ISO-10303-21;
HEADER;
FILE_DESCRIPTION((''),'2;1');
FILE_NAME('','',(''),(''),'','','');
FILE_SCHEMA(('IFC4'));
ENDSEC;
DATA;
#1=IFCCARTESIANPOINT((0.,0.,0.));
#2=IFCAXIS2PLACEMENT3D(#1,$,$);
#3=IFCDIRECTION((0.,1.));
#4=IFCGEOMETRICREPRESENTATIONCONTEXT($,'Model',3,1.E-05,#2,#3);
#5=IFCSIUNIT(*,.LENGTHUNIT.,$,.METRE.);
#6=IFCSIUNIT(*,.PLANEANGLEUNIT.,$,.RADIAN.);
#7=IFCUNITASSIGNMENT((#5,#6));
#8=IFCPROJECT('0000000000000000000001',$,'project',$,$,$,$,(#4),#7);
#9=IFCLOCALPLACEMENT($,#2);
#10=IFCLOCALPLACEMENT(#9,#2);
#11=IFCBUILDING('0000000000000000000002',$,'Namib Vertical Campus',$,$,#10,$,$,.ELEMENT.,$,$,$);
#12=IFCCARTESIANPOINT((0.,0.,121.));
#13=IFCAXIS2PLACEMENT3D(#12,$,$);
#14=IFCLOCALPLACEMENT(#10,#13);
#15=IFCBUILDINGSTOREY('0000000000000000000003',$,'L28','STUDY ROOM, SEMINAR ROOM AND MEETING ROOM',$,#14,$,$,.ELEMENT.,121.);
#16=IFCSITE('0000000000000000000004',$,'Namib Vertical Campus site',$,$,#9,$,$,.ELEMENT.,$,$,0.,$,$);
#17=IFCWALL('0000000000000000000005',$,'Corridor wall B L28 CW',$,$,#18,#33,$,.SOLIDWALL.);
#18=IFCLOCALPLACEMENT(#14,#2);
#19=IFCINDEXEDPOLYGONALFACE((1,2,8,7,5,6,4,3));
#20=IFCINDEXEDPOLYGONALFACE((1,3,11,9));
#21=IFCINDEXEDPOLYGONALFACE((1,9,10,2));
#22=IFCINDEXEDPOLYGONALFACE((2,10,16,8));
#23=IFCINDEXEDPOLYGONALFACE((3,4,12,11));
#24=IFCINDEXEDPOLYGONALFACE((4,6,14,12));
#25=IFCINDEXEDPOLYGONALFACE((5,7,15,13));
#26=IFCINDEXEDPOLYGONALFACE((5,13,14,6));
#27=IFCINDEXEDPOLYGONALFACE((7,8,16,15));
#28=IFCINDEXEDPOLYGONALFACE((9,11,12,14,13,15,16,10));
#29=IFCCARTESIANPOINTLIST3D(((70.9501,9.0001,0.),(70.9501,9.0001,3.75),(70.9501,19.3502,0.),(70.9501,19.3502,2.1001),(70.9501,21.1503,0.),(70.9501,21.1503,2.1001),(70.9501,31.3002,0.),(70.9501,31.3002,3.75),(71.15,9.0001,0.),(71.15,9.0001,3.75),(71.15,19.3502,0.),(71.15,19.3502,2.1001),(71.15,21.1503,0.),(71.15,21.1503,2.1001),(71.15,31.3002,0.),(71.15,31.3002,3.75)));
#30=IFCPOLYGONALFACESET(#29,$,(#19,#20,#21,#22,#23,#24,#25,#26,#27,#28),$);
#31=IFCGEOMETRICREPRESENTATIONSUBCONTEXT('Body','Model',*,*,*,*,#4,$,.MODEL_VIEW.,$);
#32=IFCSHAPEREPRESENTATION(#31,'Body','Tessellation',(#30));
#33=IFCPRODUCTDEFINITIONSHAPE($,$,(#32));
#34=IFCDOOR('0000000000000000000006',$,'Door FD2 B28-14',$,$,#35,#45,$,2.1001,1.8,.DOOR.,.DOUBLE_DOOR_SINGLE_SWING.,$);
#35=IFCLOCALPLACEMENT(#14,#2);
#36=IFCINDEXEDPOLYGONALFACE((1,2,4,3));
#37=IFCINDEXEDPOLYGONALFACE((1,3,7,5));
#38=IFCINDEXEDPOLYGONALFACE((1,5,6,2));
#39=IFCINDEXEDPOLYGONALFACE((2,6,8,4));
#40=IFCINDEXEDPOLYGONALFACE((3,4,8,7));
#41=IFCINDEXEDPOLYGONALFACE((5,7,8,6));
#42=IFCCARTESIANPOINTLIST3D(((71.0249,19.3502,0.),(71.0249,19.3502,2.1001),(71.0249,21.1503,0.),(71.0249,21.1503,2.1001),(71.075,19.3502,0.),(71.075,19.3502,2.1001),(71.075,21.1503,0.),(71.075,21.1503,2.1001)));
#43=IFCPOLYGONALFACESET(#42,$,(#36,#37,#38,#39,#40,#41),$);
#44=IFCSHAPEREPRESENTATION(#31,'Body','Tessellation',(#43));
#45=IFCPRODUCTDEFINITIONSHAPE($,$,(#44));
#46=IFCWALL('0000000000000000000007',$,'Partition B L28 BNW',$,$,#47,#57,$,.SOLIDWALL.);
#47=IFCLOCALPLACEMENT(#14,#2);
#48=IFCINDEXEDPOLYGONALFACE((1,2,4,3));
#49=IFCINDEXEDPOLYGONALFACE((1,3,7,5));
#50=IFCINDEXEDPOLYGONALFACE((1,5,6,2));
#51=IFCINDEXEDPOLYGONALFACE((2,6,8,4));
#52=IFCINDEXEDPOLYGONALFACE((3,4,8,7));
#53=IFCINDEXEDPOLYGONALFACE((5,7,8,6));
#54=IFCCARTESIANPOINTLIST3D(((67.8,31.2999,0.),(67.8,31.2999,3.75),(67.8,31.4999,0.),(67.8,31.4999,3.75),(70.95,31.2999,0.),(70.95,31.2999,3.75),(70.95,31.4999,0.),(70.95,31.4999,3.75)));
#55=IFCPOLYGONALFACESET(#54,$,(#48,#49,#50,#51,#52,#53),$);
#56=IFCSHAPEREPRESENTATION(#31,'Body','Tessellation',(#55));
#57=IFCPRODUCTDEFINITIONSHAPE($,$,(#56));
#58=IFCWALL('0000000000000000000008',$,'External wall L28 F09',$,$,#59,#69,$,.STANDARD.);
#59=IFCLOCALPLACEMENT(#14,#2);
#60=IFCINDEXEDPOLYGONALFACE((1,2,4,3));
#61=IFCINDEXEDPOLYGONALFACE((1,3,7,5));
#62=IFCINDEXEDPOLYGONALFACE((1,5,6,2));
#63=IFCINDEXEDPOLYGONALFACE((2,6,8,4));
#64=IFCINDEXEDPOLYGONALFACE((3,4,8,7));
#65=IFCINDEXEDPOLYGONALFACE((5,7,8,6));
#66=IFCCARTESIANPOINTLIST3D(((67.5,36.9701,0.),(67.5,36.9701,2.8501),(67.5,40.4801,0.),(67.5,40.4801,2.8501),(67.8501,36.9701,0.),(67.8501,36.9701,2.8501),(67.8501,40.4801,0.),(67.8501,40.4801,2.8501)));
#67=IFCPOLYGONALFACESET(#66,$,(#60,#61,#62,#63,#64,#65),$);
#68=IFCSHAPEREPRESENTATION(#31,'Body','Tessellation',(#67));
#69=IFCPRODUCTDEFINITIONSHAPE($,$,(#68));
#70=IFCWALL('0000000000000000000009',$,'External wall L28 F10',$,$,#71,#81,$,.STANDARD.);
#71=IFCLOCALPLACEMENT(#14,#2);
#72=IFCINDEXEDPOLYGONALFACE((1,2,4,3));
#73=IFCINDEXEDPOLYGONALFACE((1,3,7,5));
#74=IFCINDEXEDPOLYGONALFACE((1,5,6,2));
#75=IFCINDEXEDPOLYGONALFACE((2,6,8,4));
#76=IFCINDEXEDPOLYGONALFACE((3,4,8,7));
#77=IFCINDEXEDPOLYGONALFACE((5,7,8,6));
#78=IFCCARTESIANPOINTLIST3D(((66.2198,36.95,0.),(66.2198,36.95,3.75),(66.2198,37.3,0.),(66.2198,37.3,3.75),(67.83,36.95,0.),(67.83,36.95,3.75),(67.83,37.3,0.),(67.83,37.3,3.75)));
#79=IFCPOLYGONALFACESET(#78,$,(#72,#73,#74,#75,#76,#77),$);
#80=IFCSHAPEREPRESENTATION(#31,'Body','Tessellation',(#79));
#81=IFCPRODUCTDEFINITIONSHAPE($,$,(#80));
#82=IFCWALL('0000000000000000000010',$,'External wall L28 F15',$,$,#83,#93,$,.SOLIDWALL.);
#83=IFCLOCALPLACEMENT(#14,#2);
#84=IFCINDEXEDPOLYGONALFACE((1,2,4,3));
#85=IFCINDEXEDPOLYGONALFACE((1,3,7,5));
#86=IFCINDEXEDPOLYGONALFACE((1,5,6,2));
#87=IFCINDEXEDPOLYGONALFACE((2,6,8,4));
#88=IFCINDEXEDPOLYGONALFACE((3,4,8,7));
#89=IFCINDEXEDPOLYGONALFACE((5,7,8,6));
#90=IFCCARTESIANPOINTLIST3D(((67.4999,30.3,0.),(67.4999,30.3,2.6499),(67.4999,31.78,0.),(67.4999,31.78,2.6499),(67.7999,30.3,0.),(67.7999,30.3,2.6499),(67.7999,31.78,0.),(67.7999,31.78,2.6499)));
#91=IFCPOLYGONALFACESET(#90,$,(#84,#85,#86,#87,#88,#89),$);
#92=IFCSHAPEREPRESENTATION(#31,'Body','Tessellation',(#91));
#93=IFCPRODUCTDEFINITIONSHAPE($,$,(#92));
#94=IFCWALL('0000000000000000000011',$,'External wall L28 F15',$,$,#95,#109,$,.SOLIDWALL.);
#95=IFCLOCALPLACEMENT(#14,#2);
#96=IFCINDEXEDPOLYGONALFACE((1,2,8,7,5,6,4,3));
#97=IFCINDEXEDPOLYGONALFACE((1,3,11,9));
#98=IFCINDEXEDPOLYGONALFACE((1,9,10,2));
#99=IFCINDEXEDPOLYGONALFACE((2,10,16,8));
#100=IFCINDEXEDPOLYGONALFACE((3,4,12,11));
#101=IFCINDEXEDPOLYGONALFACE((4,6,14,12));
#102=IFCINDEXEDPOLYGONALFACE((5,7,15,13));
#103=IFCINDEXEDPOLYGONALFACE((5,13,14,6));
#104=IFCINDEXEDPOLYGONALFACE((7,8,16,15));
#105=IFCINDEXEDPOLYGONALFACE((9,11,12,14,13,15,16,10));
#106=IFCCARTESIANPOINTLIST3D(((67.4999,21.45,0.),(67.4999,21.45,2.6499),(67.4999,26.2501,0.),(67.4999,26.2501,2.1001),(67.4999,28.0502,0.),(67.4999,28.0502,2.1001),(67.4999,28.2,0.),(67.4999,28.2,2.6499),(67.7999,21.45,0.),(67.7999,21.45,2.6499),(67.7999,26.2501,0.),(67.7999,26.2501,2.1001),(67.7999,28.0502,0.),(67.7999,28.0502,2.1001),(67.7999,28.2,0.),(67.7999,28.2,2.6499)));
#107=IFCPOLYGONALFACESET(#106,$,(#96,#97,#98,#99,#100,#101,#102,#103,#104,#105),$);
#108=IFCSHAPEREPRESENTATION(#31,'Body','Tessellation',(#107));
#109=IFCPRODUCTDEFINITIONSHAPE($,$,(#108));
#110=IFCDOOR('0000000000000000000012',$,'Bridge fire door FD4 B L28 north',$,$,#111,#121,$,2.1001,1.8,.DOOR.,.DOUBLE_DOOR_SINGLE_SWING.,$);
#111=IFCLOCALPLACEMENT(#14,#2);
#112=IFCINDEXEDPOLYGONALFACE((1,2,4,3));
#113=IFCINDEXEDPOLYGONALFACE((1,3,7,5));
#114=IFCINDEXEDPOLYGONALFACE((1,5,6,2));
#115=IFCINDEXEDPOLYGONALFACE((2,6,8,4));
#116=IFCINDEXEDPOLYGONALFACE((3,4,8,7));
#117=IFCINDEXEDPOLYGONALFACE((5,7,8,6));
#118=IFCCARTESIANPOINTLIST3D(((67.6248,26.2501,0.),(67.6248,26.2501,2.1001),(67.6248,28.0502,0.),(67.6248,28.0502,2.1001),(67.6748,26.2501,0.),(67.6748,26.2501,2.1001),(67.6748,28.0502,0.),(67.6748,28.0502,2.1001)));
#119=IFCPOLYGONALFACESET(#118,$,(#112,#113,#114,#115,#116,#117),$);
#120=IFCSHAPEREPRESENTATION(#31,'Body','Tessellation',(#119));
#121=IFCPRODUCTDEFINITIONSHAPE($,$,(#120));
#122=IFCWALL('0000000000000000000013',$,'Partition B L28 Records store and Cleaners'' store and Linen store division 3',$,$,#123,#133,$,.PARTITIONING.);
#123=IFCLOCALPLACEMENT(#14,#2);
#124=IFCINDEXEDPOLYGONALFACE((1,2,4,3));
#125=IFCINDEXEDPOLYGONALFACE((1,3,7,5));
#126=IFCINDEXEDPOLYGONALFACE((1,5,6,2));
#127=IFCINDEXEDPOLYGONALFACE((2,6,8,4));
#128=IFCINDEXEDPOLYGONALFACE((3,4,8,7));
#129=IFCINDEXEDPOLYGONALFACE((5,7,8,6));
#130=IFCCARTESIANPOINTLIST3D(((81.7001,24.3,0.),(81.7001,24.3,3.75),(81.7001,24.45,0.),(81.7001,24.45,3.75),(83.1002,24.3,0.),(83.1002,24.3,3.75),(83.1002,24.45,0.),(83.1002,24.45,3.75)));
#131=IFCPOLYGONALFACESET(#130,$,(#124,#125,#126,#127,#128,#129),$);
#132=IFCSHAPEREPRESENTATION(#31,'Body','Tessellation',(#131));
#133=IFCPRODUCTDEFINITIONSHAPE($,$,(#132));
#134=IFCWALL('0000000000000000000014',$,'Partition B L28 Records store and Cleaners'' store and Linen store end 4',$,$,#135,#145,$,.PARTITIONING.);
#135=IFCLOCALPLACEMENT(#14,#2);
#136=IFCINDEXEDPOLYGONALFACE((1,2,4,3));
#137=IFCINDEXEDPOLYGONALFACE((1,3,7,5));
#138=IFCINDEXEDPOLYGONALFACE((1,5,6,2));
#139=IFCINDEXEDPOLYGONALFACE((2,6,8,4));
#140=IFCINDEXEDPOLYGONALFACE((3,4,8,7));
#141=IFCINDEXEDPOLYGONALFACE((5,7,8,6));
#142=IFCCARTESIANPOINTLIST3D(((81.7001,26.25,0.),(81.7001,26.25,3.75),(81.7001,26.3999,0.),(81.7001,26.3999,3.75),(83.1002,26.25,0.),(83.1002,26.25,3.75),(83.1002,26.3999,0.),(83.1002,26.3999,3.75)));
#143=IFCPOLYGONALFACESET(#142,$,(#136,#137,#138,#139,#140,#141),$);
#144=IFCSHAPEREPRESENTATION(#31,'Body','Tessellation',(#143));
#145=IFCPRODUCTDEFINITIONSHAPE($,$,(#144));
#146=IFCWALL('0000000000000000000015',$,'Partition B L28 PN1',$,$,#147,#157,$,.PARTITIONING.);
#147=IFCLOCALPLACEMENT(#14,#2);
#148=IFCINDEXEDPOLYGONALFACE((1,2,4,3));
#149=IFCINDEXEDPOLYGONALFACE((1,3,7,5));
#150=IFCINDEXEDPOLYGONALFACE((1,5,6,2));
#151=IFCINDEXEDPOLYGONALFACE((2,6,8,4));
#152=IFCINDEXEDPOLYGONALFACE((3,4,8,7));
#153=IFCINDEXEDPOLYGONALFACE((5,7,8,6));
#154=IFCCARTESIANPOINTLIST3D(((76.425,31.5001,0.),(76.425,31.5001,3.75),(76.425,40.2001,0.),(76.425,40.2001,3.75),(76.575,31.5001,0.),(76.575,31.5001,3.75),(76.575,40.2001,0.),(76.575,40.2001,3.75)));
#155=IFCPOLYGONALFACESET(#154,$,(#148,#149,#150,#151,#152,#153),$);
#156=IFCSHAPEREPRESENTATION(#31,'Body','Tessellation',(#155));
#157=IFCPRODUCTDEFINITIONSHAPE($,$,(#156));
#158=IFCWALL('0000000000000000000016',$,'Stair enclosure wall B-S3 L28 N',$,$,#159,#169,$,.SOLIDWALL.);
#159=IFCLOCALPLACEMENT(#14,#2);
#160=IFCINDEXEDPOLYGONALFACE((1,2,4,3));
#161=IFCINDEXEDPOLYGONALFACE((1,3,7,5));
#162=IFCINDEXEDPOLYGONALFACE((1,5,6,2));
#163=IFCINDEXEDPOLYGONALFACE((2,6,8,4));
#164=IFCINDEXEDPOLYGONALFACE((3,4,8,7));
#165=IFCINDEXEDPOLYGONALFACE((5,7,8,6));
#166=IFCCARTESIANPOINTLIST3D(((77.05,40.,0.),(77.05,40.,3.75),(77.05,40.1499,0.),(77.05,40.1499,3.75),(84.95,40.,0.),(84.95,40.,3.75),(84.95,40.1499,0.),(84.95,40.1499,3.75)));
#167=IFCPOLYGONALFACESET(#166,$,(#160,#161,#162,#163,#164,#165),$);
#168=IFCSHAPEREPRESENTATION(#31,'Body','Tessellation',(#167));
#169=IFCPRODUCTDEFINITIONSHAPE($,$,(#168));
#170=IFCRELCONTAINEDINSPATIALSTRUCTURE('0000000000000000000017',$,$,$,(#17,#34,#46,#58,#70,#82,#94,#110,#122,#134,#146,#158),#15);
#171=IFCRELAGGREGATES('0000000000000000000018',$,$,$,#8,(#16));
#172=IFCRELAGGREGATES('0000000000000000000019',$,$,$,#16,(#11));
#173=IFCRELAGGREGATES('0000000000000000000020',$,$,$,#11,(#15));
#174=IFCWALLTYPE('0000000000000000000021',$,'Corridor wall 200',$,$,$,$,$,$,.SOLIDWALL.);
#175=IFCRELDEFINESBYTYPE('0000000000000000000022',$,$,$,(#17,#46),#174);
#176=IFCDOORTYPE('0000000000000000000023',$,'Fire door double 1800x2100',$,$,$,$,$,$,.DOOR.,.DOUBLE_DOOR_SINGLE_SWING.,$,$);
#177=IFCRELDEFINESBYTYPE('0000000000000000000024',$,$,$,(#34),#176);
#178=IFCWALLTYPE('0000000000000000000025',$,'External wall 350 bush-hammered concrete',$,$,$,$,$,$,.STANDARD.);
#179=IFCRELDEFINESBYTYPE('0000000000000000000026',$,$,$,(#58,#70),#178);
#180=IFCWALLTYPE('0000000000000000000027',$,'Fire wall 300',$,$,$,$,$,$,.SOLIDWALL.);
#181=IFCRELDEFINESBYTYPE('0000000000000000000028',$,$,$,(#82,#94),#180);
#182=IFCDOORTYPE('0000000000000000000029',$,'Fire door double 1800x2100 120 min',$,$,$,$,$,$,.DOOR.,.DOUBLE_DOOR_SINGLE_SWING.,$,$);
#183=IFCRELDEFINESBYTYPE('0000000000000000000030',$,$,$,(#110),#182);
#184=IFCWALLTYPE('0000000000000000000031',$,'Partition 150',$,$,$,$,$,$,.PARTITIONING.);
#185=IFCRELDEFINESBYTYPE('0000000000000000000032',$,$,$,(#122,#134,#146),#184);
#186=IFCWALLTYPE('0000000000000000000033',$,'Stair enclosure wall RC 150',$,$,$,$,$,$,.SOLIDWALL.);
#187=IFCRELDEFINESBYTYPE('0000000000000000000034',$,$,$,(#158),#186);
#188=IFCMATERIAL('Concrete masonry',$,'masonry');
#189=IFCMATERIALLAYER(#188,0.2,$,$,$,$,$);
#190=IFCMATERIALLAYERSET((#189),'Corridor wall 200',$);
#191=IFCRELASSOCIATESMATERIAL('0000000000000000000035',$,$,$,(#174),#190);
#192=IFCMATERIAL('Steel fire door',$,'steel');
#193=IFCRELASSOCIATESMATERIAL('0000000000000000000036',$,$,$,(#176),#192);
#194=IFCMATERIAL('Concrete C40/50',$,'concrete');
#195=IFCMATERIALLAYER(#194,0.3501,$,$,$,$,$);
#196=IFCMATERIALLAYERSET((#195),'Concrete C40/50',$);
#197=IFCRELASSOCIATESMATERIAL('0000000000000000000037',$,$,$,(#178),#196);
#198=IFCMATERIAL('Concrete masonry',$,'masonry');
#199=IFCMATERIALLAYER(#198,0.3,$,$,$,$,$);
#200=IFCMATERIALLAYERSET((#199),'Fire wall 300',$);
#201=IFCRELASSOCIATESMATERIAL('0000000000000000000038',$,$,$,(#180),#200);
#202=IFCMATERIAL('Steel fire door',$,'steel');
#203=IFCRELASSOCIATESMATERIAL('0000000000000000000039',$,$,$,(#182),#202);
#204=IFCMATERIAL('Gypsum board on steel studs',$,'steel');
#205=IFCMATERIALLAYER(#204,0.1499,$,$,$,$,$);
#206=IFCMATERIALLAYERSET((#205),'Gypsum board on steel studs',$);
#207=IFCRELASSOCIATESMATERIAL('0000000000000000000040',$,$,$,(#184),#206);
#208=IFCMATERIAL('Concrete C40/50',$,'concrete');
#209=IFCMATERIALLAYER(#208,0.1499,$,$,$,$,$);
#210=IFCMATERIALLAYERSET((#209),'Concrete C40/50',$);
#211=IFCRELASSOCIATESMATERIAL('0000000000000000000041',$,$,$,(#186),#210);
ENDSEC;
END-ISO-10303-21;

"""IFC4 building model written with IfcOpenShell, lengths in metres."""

from ifc_helpers import new_model, si_unit, direction, frame, frame_2d, origin, place, context, subcontext, project, spatial, rectangle, extrude, material, layer, layer_set, type_object, element, fill, save


model = new_model("IFC4")

# Units and contexts
model_context = context("Model", 3, precision=1e-05, world=origin(), true_north=direction((0.0, 1.0)))
body_context = subcontext(model_context, "Body", "Model", "MODEL_VIEW")
ifc_project = project(units=[si_unit("LENGTHUNIT", "METRE"), si_unit("PLANEANGLEUNIT", "RADIAN")], contexts=[model_context])

# Site, building, storey
site_placement = place(None, origin())
site = spatial("IfcSite", under=ifc_project, at=site_placement, Name="Namib Vertical Campus site", CompositionType="ELEMENT", RefElevation=0.0)
building_placement = place(site_placement, origin())
building = spatial("IfcBuilding", under=site, at=building_placement, Name="Namib Vertical Campus", CompositionType="ELEMENT")
storey_placement = place(building_placement, frame((0.0, 0.0, 121.0)))
storey = spatial("IfcBuildingStorey", under=building, at=storey_placement, Name="L28", Description="STUDY ROOM, SEMINAR ROOM AND MEETING ROOM", CompositionType="ELEMENT", Elevation=121.0)

# Wall, opening, door
ifc_material_1 = material(Name="Concrete masonry", Category="masonry")
ifc_layer_1 = layer(ifc_material_1, 0.2)
ifc_layer_set_1 = layer_set([ifc_layer_1], Name="Corridor wall 200")
wall_type_1 = type_object("IfcWallType", Name="Corridor wall 200", PredefinedType="SOLIDWALL", material=ifc_layer_set_1)
wall_1_placement = place(storey_placement, frame((71.05, 31.3, 0.0), z_axis=(0.0, 0.0, 1.0), x_axis=(0.0, -1.0, 0.0)))
wall_1 = element("IfcWall", 1, at=wall_1_placement, inside=storey, type_object=wall_type_1, Name="Corridor wall B L28 CW", PredefinedType="SOLIDWALL", context=body_context, shape_type="SweptSolid", body=[
    extrude(rectangle(XDim=22.3, YDim=0.2, at=frame_2d((11.1499, 0.0))), origin(), (0.0, 0.0, 1.0), 3.75),
])
opening_1_placement = place(wall_1_placement, frame((10.1499, 0.0, 0.0)))
opening_1 = element("IfcOpeningElement", 2, at=opening_1_placement, cuts=wall_1, PredefinedType="OPENING", context=body_context, shape_type="SweptSolid", body=[
    extrude(rectangle(XDim=1.8, YDim=2.1001, at=frame_2d((0.8999, 1.05))), frame((0.0, 0.1099, 0.0), z_axis=(0.0, -1.0, 0.0), x_axis=(1.0, 0.0, 0.0)), (0.0, 0.0, 1.0), 0.22),
])
ifc_material_2 = material(Name="Steel fire door", Category="steel")
door_type_1 = type_object("IfcDoorType", Name="Fire door double 1800x2100", OperationType="DOUBLE_DOOR_SINGLE_SWING", PredefinedType="DOOR", material=ifc_material_2)
door_1_placement = place(opening_1_placement, origin())
door_1 = element("IfcDoor", 3, at=door_1_placement, inside=storey, type_object=door_type_1, Name="Door FD2 B28-14", OperationType="DOUBLE_DOOR_SINGLE_SWING", OverallHeight=2.1001, OverallWidth=1.8, PredefinedType="DOOR", context=body_context, shape_type="SweptSolid", body=[
    extrude(rectangle(XDim=1.8, YDim=2.1001, at=frame_2d((0.8999, 1.05))), frame((0.0, 0.0249, 0.0), z_axis=(0.0, -1.0, 0.0), x_axis=(1.0, 0.0, 0.0)), (0.0, 0.0, 1.0), 0.05),
])
fill(opening_1, door_1)

# Walls
wall_2_placement = place(storey_placement, frame((67.8, 31.3999, 0.0), z_axis=(0.0, 0.0, 1.0), x_axis=(1.0, 0.0, 0.0)))
element("IfcWall", 4, at=wall_2_placement, inside=storey, type_object=wall_type_1, Name="Partition B L28 BNW", PredefinedType="SOLIDWALL", context=body_context, shape_type="SweptSolid", body=[
    extrude(rectangle(XDim=3.1499, YDim=0.2, at=frame_2d((1.575, 0.0))), origin(), (0.0, 0.0, 1.0), 3.75),
])
ifc_material_3 = material(Name="Concrete C40/50", Category="concrete")
ifc_layer_2 = layer(ifc_material_3, 0.3501)
ifc_layer_set_2 = layer_set([ifc_layer_2], Name="Concrete C40/50")
wall_type_2 = type_object("IfcWallType", Name="External wall 350 bush-hammered concrete", PredefinedType="STANDARD", material=ifc_layer_set_2)
wall_3_placement = place(storey_placement, frame((67.675, 40.48, 0.0), z_axis=(0.0, 0.0, 1.0), x_axis=(0.0, -1.0, 0.0)))
element("IfcWall", 5, at=wall_3_placement, inside=storey, type_object=wall_type_2, Name="External wall L28 F09", PredefinedType="STANDARD", context=body_context, shape_type="SweptSolid", body=[
    extrude(rectangle(XDim=3.51, YDim=0.3501, at=frame_2d((1.7549, 0.0))), origin(), (0.0, 0.0, 1.0), 2.8501),
])
wall_4_placement = place(storey_placement, frame((67.8301, 37.125, 0.0), z_axis=(0.0, 0.0, 1.0), x_axis=(-1.0, 0.0, 0.0)))
element("IfcWall", 6, at=wall_4_placement, inside=storey, type_object=wall_type_2, Name="External wall L28 F10", PredefinedType="STANDARD", context=body_context, shape_type="SweptSolid", body=[
    extrude(rectangle(XDim=1.6101, YDim=0.3501, at=frame_2d((0.8052, 0.0))), origin(), (0.0, 0.0, 1.0), 3.75),
])
ifc_material_4 = material(Name="Concrete masonry", Category="masonry")
ifc_layer_3 = layer(ifc_material_4, 0.3)
ifc_layer_set_3 = layer_set([ifc_layer_3], Name="Fire wall 300")
wall_type_3 = type_object("IfcWallType", Name="Fire wall 300", PredefinedType="SOLIDWALL", material=ifc_layer_set_3)
wall_5_placement = place(storey_placement, frame((67.6499, 31.78, 0.0), z_axis=(0.0, 0.0, 1.0), x_axis=(0.0, -1.0, 0.0)))
element("IfcWall", 7, at=wall_5_placement, inside=storey, type_object=wall_type_3, Name="External wall L28 F15", PredefinedType="SOLIDWALL", context=body_context, shape_type="SweptSolid", body=[
    extrude(rectangle(XDim=1.48, YDim=0.3, at=frame_2d((0.74, 0.0))), origin(), (0.0, 0.0, 1.0), 2.6499),
])

# Wall, opening, door
wall_6_placement = place(storey_placement, frame((67.6499, 28.2, 0.0), z_axis=(0.0, 0.0, 1.0), x_axis=(0.0, -1.0, 0.0)))
wall_6 = element("IfcWall", 8, at=wall_6_placement, inside=storey, type_object=wall_type_3, Name="External wall L28 F15", PredefinedType="SOLIDWALL", context=body_context, shape_type="SweptSolid", body=[
    extrude(rectangle(XDim=6.75, YDim=0.3, at=frame_2d((3.375, 0.0))), origin(), (0.0, 0.0, 1.0), 2.6499),
])
opening_2_placement = place(wall_6_placement, frame((0.1499, 0.0, 0.0)))
opening_2 = element("IfcOpeningElement", 9, at=opening_2_placement, cuts=wall_6, PredefinedType="OPENING", context=body_context, shape_type="SweptSolid", body=[
    extrude(rectangle(XDim=1.8, YDim=2.1001, at=frame_2d((0.8999, 1.05))), frame((0.0, 0.1599, 0.0), z_axis=(0.0, -1.0, 0.0), x_axis=(1.0, 0.0, 0.0)), (0.0, 0.0, 1.0), 0.3201),
])
ifc_material_5 = material(Name="Steel fire door", Category="steel")
door_type_2 = type_object("IfcDoorType", Name="Fire door double 1800x2100 120 min", OperationType="DOUBLE_DOOR_SINGLE_SWING", PredefinedType="DOOR", material=ifc_material_5)
door_2_placement = place(opening_2_placement, origin())
door_2 = element("IfcDoor", 10, at=door_2_placement, inside=storey, type_object=door_type_2, Name="Bridge fire door FD4 B L28 north", OperationType="DOUBLE_DOOR_SINGLE_SWING", OverallHeight=2.1001, OverallWidth=1.8, PredefinedType="DOOR", context=body_context, shape_type="SweptSolid", body=[
    extrude(rectangle(XDim=1.8, YDim=2.1001, at=frame_2d((0.8999, 1.05))), frame((0.0, 0.0249, 0.0), z_axis=(0.0, -1.0, 0.0), x_axis=(1.0, 0.0, 0.0)), (0.0, 0.0, 1.0), 0.05),
])
fill(opening_2, door_2)

# Walls
ifc_material_6 = material(Name="Gypsum board on steel studs", Category="steel")
ifc_layer_4 = layer(ifc_material_6, 0.1499)
ifc_layer_set_4 = layer_set([ifc_layer_4], Name="Gypsum board on steel studs")
wall_type_4 = type_object("IfcWallType", Name="Partition 150", PredefinedType="PARTITIONING", material=ifc_layer_set_4)
for number, where, z_axis, x_axis, name in (
    (11, (81.7, 24.375, 0.0), (0.0, 0.0, 1.0), (1.0, 0.0, 0.0), "Partition B L28 Records store and Cleaners' store and Linen store division 3"),
    (12, (81.7, 26.325, 0.0), (0.0, 0.0, 1.0), (1.0, 0.0, 0.0), "Partition B L28 Records store and Cleaners' store and Linen store end 4"),
):
    element("IfcWall", number, at=place(storey_placement, frame(where, z_axis=z_axis, x_axis=x_axis)), inside=storey, type_object=wall_type_4, Name=name, PredefinedType="PARTITIONING", context=body_context, shape_type="SweptSolid", body=[
        extrude(rectangle(XDim=1.4001, YDim=0.1499, at=frame_2d((0.7002, 0.0))), origin(), (0.0, 0.0, 1.0), 3.75),
    ])
wall_7_placement = place(storey_placement, frame((76.5, 31.5, 0.0), z_axis=(0.0, 0.0, 1.0), x_axis=(0.0, 1.0, 0.0)))
element("IfcWall", 13, at=wall_7_placement, inside=storey, type_object=wall_type_4, Name="Partition B L28 PN1", PredefinedType="PARTITIONING", context=body_context, shape_type="SweptSolid", body=[
    extrude(rectangle(XDim=8.7, YDim=0.1499, at=frame_2d((4.3501, 0.0))), origin(), (0.0, 0.0, 1.0), 3.75),
])
ifc_material_7 = material(Name="Concrete C40/50", Category="concrete")
ifc_layer_5 = layer(ifc_material_7, 0.1499)
ifc_layer_set_5 = layer_set([ifc_layer_5], Name="Concrete C40/50")
wall_type_5 = type_object("IfcWallType", Name="Stair enclosure wall RC 150", PredefinedType="SOLIDWALL", material=ifc_layer_set_5)
wall_8_placement = place(storey_placement, frame((77.05, 40.075, 0.0), z_axis=(0.0, 0.0, 1.0), x_axis=(1.0, 0.0, 0.0)))
element("IfcWall", 14, at=wall_8_placement, inside=storey, type_object=wall_type_5, Name="Stair enclosure wall B-S3 L28 N", PredefinedType="SOLIDWALL", context=body_context, shape_type="SweptSolid", body=[
    extrude(rectangle(XDim=7.8999, YDim=0.1499, at=frame_2d((3.95, 0.0))), origin(), (0.0, 0.0, 1.0), 3.75),
])

save(model, "model.ifc")
